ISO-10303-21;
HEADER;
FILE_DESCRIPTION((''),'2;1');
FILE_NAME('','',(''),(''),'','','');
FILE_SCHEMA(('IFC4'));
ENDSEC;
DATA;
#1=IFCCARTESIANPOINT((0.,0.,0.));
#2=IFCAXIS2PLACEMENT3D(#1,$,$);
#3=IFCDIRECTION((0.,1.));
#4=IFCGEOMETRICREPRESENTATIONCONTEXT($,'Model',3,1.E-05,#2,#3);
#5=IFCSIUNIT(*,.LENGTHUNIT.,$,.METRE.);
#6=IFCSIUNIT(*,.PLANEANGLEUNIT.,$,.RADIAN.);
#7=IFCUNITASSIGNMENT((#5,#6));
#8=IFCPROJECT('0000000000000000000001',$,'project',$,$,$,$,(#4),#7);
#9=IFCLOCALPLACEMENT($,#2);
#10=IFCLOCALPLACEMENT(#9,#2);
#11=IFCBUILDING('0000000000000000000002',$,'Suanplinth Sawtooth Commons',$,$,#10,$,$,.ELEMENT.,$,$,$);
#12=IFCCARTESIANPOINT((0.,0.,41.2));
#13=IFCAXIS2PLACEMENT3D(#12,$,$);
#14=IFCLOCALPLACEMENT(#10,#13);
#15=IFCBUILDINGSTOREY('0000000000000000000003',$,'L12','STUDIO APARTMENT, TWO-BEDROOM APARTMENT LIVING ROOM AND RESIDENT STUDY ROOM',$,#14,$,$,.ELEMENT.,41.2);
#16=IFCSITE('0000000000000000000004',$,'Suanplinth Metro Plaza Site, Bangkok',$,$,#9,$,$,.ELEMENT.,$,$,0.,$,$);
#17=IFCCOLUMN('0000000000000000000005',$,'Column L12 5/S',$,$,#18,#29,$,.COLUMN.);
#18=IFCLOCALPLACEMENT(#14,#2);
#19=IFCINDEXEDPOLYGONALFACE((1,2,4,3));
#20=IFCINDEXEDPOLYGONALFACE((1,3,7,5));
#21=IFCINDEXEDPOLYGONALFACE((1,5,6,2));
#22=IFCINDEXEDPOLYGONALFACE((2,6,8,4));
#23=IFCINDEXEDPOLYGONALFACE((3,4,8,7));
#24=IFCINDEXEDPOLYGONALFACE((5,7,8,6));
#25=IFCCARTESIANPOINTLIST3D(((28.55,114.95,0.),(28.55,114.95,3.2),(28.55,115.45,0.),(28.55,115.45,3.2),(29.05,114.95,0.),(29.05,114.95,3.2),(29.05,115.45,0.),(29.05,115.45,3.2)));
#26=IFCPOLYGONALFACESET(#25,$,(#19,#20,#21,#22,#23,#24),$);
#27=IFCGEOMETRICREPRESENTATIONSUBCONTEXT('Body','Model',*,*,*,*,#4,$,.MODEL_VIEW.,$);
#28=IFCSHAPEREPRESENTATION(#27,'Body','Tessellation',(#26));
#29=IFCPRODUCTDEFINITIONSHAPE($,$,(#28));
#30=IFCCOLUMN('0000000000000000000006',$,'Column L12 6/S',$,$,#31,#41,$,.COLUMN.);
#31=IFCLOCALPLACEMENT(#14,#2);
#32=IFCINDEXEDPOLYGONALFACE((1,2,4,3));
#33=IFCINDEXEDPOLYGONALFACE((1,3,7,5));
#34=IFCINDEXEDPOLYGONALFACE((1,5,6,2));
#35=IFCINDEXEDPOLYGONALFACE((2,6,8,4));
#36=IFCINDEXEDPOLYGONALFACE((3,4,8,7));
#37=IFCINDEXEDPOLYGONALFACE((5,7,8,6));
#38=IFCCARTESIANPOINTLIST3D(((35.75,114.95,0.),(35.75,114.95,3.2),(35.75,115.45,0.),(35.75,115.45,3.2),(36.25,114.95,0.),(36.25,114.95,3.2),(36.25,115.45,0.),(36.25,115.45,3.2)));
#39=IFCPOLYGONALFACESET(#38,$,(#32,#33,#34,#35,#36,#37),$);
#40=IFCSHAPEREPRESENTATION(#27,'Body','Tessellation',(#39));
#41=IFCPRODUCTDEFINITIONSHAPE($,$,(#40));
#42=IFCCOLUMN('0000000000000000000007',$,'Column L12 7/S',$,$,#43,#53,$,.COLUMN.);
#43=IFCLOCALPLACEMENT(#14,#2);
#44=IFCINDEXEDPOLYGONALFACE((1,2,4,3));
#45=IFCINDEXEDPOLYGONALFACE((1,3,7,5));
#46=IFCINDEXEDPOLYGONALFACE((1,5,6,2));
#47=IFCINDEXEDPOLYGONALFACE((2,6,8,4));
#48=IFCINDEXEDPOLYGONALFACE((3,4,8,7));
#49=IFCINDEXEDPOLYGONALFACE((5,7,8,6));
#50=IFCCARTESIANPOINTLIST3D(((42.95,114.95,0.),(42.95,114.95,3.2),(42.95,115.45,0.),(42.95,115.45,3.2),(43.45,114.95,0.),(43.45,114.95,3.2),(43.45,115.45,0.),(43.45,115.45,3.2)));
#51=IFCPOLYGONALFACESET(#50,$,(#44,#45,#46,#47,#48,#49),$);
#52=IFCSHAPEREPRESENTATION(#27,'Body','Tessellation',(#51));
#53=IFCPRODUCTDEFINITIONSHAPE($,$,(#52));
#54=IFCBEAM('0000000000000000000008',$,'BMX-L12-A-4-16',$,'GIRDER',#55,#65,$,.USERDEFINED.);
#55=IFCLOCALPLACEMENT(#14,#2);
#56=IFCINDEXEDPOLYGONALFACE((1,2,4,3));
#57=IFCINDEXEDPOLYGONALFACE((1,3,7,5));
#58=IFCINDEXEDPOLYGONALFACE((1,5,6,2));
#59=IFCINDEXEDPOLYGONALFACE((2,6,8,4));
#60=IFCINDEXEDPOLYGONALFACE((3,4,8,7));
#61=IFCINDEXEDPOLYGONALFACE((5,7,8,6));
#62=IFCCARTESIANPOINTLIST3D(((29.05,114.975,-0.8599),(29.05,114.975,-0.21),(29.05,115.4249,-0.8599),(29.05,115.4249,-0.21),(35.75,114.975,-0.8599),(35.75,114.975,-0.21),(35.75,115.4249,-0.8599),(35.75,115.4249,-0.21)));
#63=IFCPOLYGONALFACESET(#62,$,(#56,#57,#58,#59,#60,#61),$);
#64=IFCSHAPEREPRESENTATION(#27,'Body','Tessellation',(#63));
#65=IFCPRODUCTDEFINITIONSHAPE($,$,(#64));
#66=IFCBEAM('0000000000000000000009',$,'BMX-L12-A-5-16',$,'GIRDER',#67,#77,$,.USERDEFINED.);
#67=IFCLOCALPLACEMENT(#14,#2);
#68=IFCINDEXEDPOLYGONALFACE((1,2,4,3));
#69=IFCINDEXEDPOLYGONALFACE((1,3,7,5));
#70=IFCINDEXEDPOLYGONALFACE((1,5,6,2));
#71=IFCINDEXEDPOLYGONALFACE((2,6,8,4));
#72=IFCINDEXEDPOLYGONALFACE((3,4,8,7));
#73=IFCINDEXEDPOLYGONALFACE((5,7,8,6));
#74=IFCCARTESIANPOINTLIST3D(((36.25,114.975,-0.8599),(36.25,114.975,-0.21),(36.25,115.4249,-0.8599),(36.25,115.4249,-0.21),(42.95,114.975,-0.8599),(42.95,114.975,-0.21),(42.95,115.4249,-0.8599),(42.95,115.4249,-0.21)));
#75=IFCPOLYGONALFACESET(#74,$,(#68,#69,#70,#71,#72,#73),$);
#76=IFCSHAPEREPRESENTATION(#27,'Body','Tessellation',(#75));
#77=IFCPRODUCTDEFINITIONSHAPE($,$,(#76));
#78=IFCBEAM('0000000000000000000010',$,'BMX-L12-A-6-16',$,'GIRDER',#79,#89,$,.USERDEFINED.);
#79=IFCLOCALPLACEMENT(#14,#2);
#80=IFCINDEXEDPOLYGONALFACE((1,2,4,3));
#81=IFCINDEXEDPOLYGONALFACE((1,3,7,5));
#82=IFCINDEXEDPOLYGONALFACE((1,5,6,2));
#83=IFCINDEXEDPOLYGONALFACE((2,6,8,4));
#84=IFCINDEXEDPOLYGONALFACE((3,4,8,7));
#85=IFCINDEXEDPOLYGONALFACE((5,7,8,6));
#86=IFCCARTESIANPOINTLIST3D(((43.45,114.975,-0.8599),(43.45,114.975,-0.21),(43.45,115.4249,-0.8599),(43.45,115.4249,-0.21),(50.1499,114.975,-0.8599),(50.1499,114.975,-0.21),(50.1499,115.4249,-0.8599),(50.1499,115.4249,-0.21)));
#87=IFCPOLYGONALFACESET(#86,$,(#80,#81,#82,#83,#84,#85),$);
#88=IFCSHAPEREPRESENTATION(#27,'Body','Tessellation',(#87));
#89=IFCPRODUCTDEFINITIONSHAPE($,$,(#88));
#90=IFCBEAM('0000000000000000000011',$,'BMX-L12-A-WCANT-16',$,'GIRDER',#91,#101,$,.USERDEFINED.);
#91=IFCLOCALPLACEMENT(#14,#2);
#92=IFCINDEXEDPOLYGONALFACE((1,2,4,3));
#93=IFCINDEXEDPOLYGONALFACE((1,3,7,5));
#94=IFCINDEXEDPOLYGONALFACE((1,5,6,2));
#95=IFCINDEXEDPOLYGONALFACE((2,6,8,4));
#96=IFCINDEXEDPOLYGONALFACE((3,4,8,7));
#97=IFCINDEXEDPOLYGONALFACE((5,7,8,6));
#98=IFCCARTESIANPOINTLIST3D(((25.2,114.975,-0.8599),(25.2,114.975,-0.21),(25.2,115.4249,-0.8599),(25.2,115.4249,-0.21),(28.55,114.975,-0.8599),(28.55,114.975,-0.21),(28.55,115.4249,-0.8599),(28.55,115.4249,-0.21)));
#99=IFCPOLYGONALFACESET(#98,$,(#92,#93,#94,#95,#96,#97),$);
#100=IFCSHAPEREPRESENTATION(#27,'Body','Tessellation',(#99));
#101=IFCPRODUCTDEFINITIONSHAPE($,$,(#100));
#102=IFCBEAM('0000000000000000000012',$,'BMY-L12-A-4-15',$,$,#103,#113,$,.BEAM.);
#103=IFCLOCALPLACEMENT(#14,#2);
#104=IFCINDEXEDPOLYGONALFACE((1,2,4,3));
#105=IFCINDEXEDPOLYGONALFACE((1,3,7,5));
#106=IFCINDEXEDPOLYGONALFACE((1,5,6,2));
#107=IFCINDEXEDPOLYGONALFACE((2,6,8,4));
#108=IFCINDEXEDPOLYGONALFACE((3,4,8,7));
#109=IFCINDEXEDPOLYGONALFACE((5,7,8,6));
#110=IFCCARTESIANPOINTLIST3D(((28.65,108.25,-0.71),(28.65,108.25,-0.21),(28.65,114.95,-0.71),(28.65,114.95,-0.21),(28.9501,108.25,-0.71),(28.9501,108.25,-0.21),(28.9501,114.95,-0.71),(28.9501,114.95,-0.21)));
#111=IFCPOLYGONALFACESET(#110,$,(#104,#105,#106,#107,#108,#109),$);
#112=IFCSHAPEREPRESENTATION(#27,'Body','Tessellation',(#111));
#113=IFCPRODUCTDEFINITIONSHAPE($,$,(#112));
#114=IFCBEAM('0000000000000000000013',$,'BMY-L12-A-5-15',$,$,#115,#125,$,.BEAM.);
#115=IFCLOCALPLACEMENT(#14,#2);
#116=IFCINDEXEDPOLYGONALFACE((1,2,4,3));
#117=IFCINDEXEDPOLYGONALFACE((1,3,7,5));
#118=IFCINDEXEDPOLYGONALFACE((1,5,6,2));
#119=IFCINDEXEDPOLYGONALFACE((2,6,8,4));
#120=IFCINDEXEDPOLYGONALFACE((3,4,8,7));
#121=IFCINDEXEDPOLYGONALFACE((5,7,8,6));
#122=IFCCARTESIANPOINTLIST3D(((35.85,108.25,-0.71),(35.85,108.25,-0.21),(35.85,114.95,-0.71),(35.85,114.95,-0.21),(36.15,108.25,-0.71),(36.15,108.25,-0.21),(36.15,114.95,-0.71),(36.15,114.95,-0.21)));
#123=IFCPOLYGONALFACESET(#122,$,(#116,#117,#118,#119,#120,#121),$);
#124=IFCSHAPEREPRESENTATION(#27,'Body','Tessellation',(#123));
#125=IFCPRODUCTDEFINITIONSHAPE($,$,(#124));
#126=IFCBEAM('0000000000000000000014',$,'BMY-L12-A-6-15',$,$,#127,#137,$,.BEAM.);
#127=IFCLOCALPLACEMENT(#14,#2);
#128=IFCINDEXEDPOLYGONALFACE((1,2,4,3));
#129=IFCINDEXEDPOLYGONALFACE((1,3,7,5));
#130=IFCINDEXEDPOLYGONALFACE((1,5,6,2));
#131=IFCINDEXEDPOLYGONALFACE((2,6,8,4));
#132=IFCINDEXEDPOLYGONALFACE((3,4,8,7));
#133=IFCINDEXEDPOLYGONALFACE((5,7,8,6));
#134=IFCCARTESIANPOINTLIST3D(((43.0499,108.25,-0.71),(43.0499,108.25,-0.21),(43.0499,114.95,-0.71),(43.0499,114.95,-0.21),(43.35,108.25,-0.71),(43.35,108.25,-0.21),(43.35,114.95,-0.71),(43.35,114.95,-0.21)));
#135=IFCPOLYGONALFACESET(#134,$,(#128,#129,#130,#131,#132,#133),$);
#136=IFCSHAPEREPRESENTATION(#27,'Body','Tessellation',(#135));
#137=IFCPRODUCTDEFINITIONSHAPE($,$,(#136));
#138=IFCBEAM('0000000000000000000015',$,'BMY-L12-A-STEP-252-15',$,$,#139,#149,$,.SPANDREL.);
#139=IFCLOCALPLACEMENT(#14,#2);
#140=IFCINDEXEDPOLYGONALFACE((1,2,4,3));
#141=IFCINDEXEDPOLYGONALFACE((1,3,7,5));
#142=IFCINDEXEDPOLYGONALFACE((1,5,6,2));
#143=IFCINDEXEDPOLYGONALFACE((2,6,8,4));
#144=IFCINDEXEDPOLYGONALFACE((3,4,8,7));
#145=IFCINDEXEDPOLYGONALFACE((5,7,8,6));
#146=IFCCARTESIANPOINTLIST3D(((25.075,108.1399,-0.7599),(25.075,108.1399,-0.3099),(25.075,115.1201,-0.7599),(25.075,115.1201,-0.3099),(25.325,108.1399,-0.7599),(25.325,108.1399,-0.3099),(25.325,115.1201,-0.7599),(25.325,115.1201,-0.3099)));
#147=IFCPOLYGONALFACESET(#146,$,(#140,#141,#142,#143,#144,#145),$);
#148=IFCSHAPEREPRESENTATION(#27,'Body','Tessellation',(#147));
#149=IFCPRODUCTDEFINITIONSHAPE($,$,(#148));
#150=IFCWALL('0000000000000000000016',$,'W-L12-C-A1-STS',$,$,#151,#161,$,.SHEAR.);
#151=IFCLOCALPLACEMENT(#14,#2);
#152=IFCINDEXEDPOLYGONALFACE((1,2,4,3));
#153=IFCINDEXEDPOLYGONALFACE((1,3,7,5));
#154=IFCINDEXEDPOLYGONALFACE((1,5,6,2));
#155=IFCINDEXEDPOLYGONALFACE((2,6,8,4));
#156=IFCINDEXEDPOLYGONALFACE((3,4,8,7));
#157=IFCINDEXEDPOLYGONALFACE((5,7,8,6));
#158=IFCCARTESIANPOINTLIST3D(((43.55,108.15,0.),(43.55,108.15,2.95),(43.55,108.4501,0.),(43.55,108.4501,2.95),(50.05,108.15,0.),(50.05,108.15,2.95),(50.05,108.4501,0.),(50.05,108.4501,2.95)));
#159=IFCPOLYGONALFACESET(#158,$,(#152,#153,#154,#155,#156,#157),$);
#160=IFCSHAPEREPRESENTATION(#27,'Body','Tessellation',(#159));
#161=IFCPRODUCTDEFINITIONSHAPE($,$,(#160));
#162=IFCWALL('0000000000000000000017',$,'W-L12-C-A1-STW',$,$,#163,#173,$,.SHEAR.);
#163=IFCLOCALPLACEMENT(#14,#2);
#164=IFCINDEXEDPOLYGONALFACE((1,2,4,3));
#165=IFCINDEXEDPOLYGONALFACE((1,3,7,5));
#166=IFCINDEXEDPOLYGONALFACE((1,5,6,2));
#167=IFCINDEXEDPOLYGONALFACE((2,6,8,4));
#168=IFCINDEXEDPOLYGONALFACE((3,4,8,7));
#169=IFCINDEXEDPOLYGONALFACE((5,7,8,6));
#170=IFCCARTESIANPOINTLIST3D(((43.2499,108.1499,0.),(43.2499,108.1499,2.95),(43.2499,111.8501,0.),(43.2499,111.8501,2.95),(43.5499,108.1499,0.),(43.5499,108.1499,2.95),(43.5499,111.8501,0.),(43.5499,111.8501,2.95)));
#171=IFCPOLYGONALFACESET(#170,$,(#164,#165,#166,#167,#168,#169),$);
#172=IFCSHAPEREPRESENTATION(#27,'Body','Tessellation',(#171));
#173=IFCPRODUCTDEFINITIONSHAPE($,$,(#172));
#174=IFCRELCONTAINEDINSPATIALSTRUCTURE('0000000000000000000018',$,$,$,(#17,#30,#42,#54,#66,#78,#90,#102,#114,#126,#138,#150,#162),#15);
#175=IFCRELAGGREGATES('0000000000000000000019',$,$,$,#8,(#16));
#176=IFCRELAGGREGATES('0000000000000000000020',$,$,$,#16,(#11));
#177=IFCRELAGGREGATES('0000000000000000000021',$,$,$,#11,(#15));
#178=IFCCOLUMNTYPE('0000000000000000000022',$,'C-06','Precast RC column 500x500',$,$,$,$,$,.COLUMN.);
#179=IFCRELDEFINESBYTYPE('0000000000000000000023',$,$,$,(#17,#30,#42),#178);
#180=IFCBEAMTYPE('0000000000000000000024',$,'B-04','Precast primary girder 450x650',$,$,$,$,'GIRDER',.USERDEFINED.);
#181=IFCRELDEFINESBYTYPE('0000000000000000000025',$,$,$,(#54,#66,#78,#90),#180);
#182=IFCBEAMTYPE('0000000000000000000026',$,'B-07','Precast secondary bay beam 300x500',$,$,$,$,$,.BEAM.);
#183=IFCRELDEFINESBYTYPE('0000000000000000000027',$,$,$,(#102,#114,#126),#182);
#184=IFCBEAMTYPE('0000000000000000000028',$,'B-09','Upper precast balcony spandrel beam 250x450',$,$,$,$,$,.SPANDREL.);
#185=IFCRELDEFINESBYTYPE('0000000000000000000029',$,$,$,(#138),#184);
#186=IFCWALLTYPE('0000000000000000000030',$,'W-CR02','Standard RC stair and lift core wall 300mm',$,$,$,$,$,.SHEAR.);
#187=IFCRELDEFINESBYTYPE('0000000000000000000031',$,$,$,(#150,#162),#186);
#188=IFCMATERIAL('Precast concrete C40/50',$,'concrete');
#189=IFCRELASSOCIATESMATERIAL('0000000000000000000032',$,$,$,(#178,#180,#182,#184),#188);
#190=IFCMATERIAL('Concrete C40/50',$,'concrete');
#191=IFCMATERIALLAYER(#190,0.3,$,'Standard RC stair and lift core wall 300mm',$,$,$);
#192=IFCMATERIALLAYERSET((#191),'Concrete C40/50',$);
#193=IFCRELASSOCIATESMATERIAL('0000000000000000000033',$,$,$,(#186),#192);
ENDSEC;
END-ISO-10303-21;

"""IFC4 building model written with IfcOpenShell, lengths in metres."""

from ifc_helpers import new_model, si_unit, direction, frame, frame_2d, origin, origin_2d, place, context, subcontext, project, spatial, rectangle, extrude, material, layer, layer_set, material_profile, profile_set, type_object, element, save


model = new_model("IFC4")

# Units and contexts
model_context = context("Model", 3, precision=1e-05, world=origin(), true_north=direction((0.0, 1.0)))
body_context = subcontext(model_context, "Body", "Model", "MODEL_VIEW")
ifc_project = project(units=[si_unit("LENGTHUNIT", "METRE"), si_unit("PLANEANGLEUNIT", "RADIAN")], contexts=[model_context])

# Site, building, storey
site_placement = place(None, origin())
site = spatial("IfcSite", under=ifc_project, at=site_placement, Name="Suanplinth Metro Plaza Site, Bangkok", CompositionType="ELEMENT", RefElevation=0.0)
building_placement = place(site_placement, origin())
building = spatial("IfcBuilding", under=site, at=building_placement, Name="Suanplinth Sawtooth Commons", CompositionType="ELEMENT")
storey_placement = place(building_placement, frame((0.0, 0.0, 41.2)))
storey = spatial("IfcBuildingStorey", under=building, at=storey_placement, Name="L12", Description="STUDIO APARTMENT, TWO-BEDROOM APARTMENT LIVING ROOM AND RESIDENT STUDY ROOM", CompositionType="ELEMENT", Elevation=41.2)

# Columns
ifc_material_1 = material(Name="Precast concrete C40/50", Category="concrete")
ifc_material_profile_1 = material_profile(ifc_material_1, rectangle(XDim=0.5, YDim=0.5, at=origin_2d()), Name="PC-COL 500x500")
ifc_profile_set_1 = profile_set([ifc_material_profile_1], Name="Precast concrete C40/50")
column_type = type_object("IfcColumnType", Name="C-06", Description="Precast RC column 500x500", PredefinedType="COLUMN", material=ifc_profile_set_1)
for number, where, z_axis, x_axis, name in (
    (1, (28.8, 115.2, 0.0), (0.0, 0.0, 1.0), (1.0, 0.0, 0.0), "Column L12 5/S"),
    (2, (36.0, 115.2, 0.0), (0.0, 0.0, 1.0), (1.0, 0.0, 0.0), "Column L12 6/S"),
    (3, (43.2, 115.2, 0.0), (0.0, 0.0, 1.0), (1.0, 0.0, 0.0), "Column L12 7/S"),
):
    element("IfcColumn", number, at=place(storey_placement, frame(where, z_axis=z_axis, x_axis=x_axis)), inside=storey, type_object=column_type, Name=name, PredefinedType="COLUMN", context=body_context, shape_type="SweptSolid", body=[
        extrude(rectangle(XDim=0.5, YDim=0.5, at=origin_2d()), origin(), (0.0, 0.0, 1.0), 3.2),
    ])

# Beams
ifc_material_profile_2 = material_profile(ifc_material_1, rectangle(XDim=0.45, YDim=0.6499, at=origin_2d()), Name="PC-GDR 450x650")
ifc_profile_set_2 = profile_set([ifc_material_profile_2], Name="Precast concrete C40/50")
beam_type_1 = type_object("IfcBeamType", Name="B-04", Description="Precast primary girder 450x650", ElementType="GIRDER", PredefinedType="USERDEFINED", material=ifc_profile_set_2)
for number, where, z_axis, x_axis, name in (
    (4, (29.05, 115.2, -0.5349), (1.0, 0.0, 0.0), (0.0, 1.0, 0.0), "BMX-L12-A-4-16"),
    (5, (36.25, 115.2, -0.5349), (1.0, 0.0, 0.0), (0.0, 1.0, 0.0), "BMX-L12-A-5-16"),
    (6, (43.45, 115.2, -0.5349), (1.0, 0.0, 0.0), (0.0, 1.0, 0.0), "BMX-L12-A-6-16"),
):
    element("IfcBeam", number, at=place(storey_placement, frame(where, z_axis=z_axis, x_axis=x_axis)), inside=storey, type_object=beam_type_1, Name=name, ObjectType="GIRDER", PredefinedType="USERDEFINED", context=body_context, shape_type="SweptSolid", body=[
        extrude(rectangle(XDim=0.45, YDim=0.6499, at=origin_2d()), origin(), (0.0, 0.0, 1.0), 6.7),
    ])
beam_1_placement = place(storey_placement, frame((28.55, 115.2, -0.5349), z_axis=(-1.0, 0.0, 0.0), x_axis=(0.0, -1.0, 0.0)))
element("IfcBeam", 7, at=beam_1_placement, inside=storey, type_object=beam_type_1, Name="BMX-L12-A-WCANT-16", ObjectType="GIRDER", PredefinedType="USERDEFINED", context=body_context, shape_type="SweptSolid", body=[
    extrude(rectangle(XDim=0.45, YDim=0.6499, at=origin_2d()), origin(), (0.0, 0.0, 1.0), 3.3501),
])
ifc_material_profile_3 = material_profile(ifc_material_1, rectangle(XDim=0.3, YDim=0.5, at=origin_2d()), Name="PC-BM 300x500")
ifc_profile_set_3 = profile_set([ifc_material_profile_3], Name="Precast concrete C40/50")
beam_type_2 = type_object("IfcBeamType", Name="B-07", Description="Precast secondary bay beam 300x500", PredefinedType="BEAM", material=ifc_profile_set_3)
for number, where, z_axis, x_axis, name in (
    (8, (28.8, 108.25, -0.46), (0.0, 1.0, 0.0), (-1.0, 0.0, 0.0), "BMY-L12-A-4-15"),
    (9, (36.0, 108.25, -0.46), (0.0, 1.0, 0.0), (-1.0, 0.0, 0.0), "BMY-L12-A-5-15"),
    (10, (43.2, 108.25, -0.46), (0.0, 1.0, 0.0), (-1.0, 0.0, 0.0), "BMY-L12-A-6-15"),
):
    element("IfcBeam", number, at=place(storey_placement, frame(where, z_axis=z_axis, x_axis=x_axis)), inside=storey, type_object=beam_type_2, Name=name, PredefinedType="BEAM", context=body_context, shape_type="SweptSolid", body=[
        extrude(rectangle(XDim=0.3, YDim=0.5, at=origin_2d()), origin(), (0.0, 0.0, 1.0), 6.7),
    ])
ifc_material_profile_4 = material_profile(ifc_material_1, rectangle(XDim=0.25, YDim=0.45, at=origin_2d()), Name="PC-SP 250x450")
ifc_profile_set_4 = profile_set([ifc_material_profile_4], Name="Precast concrete C40/50")
beam_type_3 = type_object("IfcBeamType", Name="B-09", Description="Upper precast balcony spandrel beam 250x450", PredefinedType="SPANDREL", material=ifc_profile_set_4)
beam_2_placement = place(storey_placement, frame((25.2, 108.1399, -0.5349), z_axis=(0.0, 1.0, 0.0), x_axis=(-1.0, 0.0, 0.0)))
element("IfcBeam", 11, at=beam_2_placement, inside=storey, type_object=beam_type_3, Name="BMY-L12-A-STEP-252-15", PredefinedType="SPANDREL", context=body_context, shape_type="SweptSolid", body=[
    extrude(rectangle(XDim=0.25, YDim=0.45, at=origin_2d()), origin(), (0.0, 0.0, 1.0), 6.9802),
])

# Walls
ifc_material_2 = material(Name="Concrete C40/50", Category="concrete")
ifc_layer_1 = layer(ifc_material_2, 0.3, Name="Standard RC stair and lift core wall 300mm")
ifc_layer_set_1 = layer_set([ifc_layer_1], Name="Concrete C40/50")
wall_type_1 = type_object("IfcWallType", Name="W-CR02", Description="Standard RC stair and lift core wall 300mm", PredefinedType="SHEAR", material=ifc_layer_set_1)
wall_1_placement = place(storey_placement, frame((43.55, 108.3, 0.0), z_axis=(0.0, 0.0, 1.0), x_axis=(1.0, 0.0, 0.0)))
element("IfcWall", 12, at=wall_1_placement, inside=storey, type_object=wall_type_1, Name="W-L12-C-A1-STS", PredefinedType="SHEAR", context=body_context, shape_type="SweptSolid", body=[
    extrude(rectangle(XDim=6.5, YDim=0.3, at=frame_2d((3.25, 0.0))), origin(), (0.0, 0.0, 1.0), 2.95),
])
wall_2_placement = place(storey_placement, frame((43.3999, 108.1499, 0.0), z_axis=(0.0, 0.0, 1.0), x_axis=(0.0, 1.0, 0.0)))
element("IfcWall", 13, at=wall_2_placement, inside=storey, type_object=wall_type_1, Name="W-L12-C-A1-STW", PredefinedType="SHEAR", context=body_context, shape_type="SweptSolid", body=[
    extrude(rectangle(XDim=3.7002, YDim=0.3, at=frame_2d((1.8501, 0.0))), origin(), (0.0, 0.0, 1.0), 2.95),
])

save(model, "model.ifc")
